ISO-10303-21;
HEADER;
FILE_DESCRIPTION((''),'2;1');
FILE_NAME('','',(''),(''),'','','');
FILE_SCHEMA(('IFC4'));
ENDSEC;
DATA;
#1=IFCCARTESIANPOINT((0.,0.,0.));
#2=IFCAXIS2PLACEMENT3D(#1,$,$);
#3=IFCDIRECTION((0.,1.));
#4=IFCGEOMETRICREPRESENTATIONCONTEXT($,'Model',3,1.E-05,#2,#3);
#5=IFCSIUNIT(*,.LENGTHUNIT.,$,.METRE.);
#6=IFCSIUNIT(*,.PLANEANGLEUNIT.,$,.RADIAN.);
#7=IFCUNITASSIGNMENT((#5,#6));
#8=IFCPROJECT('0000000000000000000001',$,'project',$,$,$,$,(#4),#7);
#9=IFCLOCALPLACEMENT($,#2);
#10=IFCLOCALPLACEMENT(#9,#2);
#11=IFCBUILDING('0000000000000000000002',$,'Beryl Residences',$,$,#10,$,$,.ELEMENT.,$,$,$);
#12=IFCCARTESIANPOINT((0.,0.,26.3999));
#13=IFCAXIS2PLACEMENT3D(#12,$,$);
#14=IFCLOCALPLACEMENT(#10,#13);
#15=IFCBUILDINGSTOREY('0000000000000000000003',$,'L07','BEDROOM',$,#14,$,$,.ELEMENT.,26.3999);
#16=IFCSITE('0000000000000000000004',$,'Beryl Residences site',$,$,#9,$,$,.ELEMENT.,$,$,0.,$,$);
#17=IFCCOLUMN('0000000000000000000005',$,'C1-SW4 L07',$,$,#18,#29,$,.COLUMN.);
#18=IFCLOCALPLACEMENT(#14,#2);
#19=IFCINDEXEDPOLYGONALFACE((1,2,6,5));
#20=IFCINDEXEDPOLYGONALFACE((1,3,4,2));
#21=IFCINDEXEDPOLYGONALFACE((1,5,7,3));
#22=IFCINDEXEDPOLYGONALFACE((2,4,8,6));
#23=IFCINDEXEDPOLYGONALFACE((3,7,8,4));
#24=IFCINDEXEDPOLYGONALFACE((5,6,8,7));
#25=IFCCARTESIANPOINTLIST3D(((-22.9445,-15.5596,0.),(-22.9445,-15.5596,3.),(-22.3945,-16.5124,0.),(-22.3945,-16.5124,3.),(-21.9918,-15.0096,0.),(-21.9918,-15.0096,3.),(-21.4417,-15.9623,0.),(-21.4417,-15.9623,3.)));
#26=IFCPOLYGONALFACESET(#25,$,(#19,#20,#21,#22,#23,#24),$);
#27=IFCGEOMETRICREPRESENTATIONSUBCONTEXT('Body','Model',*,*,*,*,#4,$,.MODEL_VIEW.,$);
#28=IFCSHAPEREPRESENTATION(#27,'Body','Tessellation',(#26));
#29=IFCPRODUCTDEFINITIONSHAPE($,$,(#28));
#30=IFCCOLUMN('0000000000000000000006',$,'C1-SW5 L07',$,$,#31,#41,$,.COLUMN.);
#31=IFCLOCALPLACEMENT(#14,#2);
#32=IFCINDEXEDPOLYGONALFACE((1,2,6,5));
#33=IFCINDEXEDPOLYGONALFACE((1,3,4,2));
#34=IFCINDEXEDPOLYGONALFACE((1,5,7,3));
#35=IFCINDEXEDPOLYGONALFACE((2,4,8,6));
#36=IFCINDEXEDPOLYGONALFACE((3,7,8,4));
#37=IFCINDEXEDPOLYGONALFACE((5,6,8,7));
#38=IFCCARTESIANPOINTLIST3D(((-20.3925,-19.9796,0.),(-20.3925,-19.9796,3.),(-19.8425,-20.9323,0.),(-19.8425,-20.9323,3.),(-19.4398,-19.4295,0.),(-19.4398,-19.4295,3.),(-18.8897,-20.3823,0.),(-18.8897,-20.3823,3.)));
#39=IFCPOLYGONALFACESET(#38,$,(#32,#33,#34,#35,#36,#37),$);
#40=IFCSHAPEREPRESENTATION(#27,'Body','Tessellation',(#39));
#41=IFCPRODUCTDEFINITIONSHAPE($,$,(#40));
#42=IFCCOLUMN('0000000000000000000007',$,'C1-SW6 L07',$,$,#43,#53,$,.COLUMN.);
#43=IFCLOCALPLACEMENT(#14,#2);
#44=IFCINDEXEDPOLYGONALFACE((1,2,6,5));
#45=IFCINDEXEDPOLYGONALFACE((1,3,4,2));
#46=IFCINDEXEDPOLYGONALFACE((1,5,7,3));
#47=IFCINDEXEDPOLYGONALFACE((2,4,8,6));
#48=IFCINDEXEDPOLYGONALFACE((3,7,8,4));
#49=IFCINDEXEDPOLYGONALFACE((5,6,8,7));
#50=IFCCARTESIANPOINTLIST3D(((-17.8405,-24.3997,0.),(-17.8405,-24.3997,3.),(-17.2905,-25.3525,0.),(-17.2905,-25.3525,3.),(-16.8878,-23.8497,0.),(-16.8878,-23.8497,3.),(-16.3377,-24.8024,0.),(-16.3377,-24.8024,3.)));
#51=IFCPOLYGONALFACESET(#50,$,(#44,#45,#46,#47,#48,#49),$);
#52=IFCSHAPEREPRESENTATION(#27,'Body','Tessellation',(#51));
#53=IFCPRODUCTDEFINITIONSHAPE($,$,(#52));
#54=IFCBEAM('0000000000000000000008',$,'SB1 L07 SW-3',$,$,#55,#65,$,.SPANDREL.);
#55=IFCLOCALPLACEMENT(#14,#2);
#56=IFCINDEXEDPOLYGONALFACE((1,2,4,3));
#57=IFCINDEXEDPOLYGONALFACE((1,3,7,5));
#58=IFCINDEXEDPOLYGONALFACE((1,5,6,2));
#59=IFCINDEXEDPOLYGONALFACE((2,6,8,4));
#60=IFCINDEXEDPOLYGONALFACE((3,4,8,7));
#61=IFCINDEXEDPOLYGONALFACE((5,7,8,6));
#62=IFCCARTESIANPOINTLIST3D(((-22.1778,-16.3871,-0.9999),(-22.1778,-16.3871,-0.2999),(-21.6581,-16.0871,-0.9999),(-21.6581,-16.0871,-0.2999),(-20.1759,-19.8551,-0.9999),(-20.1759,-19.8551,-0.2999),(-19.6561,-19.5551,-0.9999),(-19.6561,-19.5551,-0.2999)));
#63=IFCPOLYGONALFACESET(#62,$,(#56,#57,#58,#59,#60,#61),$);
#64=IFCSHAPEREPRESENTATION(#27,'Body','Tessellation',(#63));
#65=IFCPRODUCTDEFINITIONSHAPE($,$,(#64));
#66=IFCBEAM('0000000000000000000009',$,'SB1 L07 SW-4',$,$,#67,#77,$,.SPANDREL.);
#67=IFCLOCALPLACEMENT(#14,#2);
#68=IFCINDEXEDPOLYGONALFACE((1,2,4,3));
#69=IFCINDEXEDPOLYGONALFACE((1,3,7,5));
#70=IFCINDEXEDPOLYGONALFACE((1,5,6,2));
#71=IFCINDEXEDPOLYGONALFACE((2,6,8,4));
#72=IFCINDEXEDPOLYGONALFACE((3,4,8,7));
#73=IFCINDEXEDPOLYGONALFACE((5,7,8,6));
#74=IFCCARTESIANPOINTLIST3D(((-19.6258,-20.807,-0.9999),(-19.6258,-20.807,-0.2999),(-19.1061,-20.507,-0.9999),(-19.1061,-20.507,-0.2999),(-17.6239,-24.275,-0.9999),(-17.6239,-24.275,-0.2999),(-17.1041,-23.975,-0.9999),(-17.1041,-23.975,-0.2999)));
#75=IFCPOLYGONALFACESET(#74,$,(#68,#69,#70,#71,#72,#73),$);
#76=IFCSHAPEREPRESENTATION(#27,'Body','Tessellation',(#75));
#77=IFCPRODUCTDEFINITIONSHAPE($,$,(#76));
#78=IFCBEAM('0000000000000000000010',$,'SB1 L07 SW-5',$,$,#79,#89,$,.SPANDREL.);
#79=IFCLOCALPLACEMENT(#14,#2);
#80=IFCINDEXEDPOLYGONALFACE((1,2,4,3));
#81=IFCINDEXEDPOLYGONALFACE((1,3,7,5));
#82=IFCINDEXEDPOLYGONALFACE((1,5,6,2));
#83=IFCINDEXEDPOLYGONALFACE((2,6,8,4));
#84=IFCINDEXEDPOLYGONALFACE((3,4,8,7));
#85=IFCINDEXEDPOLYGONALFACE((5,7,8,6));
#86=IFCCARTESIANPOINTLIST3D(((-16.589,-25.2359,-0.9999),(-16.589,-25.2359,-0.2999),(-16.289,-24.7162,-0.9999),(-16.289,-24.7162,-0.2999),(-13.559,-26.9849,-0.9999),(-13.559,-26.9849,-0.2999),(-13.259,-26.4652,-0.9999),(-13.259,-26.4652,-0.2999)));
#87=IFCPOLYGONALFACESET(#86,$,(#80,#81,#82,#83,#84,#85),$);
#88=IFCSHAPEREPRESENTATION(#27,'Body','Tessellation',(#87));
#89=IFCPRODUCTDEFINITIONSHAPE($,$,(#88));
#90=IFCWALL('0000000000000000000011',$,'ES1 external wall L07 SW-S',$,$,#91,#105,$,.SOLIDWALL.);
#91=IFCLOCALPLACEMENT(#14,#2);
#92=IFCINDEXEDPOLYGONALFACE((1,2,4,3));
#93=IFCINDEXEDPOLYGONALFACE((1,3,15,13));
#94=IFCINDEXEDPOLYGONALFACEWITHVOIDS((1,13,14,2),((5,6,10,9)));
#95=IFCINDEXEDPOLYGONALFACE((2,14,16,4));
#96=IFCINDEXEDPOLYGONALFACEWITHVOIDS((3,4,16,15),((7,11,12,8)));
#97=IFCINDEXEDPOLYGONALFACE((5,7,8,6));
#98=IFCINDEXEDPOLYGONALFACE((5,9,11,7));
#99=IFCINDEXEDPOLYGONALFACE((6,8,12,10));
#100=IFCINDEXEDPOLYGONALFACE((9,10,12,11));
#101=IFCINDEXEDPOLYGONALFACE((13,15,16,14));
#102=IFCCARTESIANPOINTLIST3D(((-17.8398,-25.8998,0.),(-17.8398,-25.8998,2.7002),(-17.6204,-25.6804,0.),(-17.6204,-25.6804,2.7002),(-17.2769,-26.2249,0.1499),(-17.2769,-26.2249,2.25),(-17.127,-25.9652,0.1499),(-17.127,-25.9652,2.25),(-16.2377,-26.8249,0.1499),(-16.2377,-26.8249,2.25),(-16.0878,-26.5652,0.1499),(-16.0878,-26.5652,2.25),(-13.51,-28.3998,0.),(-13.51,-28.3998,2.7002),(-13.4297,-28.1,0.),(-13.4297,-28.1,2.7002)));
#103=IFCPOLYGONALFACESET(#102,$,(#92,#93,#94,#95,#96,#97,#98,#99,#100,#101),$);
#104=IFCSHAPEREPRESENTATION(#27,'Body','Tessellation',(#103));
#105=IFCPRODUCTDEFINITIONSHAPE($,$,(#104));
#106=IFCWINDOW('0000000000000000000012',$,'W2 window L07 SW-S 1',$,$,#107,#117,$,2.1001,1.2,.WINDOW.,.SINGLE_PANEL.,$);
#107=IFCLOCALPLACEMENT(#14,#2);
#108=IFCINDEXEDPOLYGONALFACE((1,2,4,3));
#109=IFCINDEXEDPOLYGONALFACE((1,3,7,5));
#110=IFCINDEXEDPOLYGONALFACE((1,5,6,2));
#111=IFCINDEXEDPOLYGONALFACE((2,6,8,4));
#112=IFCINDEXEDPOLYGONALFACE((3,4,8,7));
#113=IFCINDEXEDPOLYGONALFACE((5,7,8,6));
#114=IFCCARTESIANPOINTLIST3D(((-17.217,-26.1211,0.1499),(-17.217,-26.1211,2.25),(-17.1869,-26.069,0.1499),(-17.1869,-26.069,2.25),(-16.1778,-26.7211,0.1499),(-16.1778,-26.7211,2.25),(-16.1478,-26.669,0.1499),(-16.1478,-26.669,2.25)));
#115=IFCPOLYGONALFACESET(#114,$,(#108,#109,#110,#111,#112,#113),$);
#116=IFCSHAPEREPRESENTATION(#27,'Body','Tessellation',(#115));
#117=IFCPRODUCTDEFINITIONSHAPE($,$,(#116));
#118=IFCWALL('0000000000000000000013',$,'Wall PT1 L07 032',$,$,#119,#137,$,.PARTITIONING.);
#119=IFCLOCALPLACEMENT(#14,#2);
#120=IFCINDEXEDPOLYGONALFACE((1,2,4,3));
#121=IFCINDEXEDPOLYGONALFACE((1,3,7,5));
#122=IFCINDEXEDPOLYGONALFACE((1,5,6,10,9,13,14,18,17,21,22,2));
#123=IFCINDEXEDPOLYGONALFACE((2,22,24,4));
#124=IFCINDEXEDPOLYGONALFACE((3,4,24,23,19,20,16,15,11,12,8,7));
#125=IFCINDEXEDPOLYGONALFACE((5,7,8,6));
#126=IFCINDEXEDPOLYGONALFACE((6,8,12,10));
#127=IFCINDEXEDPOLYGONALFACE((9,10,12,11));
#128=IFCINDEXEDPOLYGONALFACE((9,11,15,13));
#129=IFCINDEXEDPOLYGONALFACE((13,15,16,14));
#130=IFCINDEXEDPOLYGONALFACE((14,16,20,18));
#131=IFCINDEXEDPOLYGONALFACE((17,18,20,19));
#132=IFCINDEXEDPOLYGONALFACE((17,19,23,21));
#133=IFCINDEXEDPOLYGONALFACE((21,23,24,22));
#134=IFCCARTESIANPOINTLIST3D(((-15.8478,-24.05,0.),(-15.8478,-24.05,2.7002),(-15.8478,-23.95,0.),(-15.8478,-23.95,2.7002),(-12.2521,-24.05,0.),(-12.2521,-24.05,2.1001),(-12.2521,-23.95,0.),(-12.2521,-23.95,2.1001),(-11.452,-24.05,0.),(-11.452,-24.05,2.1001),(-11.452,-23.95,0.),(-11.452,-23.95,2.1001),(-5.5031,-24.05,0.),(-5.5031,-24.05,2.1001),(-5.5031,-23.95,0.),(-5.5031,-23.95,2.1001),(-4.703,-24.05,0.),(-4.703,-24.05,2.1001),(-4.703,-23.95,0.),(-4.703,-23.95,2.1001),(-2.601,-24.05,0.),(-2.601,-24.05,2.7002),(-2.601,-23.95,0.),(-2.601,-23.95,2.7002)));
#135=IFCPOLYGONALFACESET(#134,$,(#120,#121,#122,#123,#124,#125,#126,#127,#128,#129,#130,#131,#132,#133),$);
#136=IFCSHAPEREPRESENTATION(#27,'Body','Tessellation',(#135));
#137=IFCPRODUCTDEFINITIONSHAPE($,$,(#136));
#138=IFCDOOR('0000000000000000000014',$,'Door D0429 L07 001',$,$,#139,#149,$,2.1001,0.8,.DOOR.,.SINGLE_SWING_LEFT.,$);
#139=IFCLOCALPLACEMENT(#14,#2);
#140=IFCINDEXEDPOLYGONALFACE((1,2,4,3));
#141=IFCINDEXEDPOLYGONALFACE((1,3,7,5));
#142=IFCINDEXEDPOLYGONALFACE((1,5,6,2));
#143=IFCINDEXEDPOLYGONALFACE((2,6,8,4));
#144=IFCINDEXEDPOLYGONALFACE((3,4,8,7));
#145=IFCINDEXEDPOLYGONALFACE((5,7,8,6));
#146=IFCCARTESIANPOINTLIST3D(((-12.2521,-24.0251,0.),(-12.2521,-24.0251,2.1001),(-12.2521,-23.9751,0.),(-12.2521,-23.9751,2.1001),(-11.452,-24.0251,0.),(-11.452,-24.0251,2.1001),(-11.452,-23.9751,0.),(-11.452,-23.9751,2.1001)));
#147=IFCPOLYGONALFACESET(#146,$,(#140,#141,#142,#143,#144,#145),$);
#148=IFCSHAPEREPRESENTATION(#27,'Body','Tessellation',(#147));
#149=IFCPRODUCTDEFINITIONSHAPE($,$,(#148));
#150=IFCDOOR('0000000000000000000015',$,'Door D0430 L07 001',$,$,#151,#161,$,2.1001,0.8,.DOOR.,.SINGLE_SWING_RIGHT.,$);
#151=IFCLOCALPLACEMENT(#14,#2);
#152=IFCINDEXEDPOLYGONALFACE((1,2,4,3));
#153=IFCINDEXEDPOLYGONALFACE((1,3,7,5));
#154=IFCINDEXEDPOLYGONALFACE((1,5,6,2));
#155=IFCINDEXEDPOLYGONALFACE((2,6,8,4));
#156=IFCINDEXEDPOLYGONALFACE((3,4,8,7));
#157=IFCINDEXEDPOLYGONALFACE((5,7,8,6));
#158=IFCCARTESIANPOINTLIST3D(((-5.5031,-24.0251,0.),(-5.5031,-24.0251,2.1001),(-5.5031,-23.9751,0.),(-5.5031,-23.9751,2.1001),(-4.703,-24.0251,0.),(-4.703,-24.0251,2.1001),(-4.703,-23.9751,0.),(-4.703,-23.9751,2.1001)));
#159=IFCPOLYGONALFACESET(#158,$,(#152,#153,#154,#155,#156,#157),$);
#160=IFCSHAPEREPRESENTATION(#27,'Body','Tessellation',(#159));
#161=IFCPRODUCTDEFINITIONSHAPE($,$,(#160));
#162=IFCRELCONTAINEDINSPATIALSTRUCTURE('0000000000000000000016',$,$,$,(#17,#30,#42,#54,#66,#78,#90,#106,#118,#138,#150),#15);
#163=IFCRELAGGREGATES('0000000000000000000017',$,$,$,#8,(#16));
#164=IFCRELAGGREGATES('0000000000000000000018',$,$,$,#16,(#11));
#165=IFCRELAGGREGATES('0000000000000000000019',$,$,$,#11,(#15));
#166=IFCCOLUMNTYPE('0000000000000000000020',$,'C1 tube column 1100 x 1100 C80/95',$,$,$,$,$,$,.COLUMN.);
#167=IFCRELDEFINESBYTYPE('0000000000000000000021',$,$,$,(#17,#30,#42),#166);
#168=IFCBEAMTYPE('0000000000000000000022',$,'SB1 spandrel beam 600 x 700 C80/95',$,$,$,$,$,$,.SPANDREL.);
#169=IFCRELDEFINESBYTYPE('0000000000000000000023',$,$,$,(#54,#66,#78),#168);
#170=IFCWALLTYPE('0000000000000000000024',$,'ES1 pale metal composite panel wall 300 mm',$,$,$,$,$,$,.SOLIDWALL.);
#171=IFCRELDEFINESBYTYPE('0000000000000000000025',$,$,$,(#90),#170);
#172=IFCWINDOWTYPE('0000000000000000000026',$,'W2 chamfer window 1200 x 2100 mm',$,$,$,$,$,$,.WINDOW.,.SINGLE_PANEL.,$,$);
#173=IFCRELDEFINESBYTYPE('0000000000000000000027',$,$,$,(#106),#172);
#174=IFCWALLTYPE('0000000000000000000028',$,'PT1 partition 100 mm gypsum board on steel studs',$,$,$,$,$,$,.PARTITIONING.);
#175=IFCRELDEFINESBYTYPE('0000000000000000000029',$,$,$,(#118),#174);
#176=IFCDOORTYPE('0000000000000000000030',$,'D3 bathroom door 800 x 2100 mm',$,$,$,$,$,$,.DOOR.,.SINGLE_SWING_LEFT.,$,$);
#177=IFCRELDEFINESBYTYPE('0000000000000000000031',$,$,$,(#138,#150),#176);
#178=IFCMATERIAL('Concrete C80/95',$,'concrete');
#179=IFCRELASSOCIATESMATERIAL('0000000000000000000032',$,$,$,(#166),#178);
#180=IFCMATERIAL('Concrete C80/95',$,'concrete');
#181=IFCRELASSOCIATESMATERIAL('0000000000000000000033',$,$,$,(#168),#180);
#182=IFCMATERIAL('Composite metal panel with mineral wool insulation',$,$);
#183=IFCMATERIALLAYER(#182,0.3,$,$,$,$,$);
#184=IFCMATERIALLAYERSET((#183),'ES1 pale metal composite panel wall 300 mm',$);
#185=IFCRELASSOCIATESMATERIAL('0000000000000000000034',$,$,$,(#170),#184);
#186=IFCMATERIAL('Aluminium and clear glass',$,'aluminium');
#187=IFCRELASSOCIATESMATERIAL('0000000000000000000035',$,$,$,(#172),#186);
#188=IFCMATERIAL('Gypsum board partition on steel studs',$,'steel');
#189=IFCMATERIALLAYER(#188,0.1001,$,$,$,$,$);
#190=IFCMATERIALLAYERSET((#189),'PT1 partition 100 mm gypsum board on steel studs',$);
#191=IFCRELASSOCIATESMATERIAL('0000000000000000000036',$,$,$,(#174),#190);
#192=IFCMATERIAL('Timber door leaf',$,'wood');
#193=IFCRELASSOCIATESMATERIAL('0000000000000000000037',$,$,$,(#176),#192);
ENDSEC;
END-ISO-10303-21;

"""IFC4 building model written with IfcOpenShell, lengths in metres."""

from ifc_helpers import new_model, si_unit, direction, frame, frame_2d, origin, origin_2d, place, context, subcontext, project, spatial, polyline, rectangle, outline, extrude, material, layer, layer_set, material_profile, profile_set, type_object, element, fill, save


model = new_model("IFC4")

# Units and contexts
model_context = context("Model", 3, precision=1e-05, world=origin(), true_north=direction((0.0, 1.0)))
body_context = subcontext(model_context, "Body", "Model", "MODEL_VIEW")
ifc_project = project(units=[si_unit("LENGTHUNIT", "METRE"), si_unit("PLANEANGLEUNIT", "RADIAN")], contexts=[model_context])

# Site, building, storey
site_placement = place(None, origin())
site = spatial("IfcSite", under=ifc_project, at=site_placement, Name="Beryl Residences site", CompositionType="ELEMENT", RefElevation=0.0)
building_placement = place(site_placement, origin())
building = spatial("IfcBuilding", under=site, at=building_placement, Name="Beryl Residences", CompositionType="ELEMENT")
storey_placement = place(building_placement, frame((0.0, 0.0, 26.3999)))
storey = spatial("IfcBuildingStorey", under=building, at=storey_placement, Name="L07", Description="BEDROOM", CompositionType="ELEMENT", Elevation=26.3999)

# Columns
ifc_material_1 = material(Name="Concrete C80/95", Category="concrete")
ifc_material_profile_1 = material_profile(ifc_material_1, rectangle(XDim=1.1001, YDim=1.1001, at=origin_2d()))
ifc_profile_set_1 = profile_set([ifc_material_profile_1], Name="Concrete C80/95")
column_type = type_object("IfcColumnType", Name="C1 tube column 1100 x 1100 C80/95", PredefinedType="COLUMN", material=ifc_profile_set_1)
for number, where, z_axis, x_axis, name in (
    (1, (-22.1931, -15.761, 0.0), (0.0, 0.0, 1.0), (0.499985, -0.866034, 0.0), "C1-SW4 L07"),
    (2, (-19.6411, -20.1809, 0.0), (0.0, 0.0, 1.0), (0.499985, -0.866034, 0.0), "C1-SW5 L07"),
    (3, (-17.0891, -24.6011, 0.0), (0.0, 0.0, 1.0), (0.499985, -0.866034, 0.0), "C1-SW6 L07"),
):
    element("IfcColumn", number, at=place(storey_placement, frame(where, z_axis=z_axis, x_axis=x_axis)), inside=storey, type_object=column_type, Name=name, PredefinedType="COLUMN", context=body_context, shape_type="SweptSolid", body=[
        extrude(rectangle(XDim=1.1001, YDim=1.1001, at=origin_2d()), origin(), (0.0, 0.0, 1.0), 3.0),
    ])

# Beams
ifc_material_2 = material(Name="Concrete C80/95", Category="concrete")
ifc_material_profile_2 = material_profile(ifc_material_2, rectangle(XDim=0.6001, YDim=0.7, at=origin_2d()))
ifc_profile_set_2 = profile_set([ifc_material_profile_2], Name="Concrete C80/95")
beam_type = type_object("IfcBeamType", Name="SB1 spandrel beam 600 x 700 C80/95", PredefinedType="SPANDREL", material=ifc_profile_set_2)
for number, where, z_axis, x_axis, name in (
    (4, (-21.918, -16.2371, -0.6499), (0.499942, -0.866059, 0.0), (0.866059, 0.499942, 0.0), "SB1 L07 SW-3"),
    (5, (-19.366, -20.657, -0.6499), (0.499942, -0.866059, 0.0), (0.866059, 0.499942, 0.0), "SB1 L07 SW-4"),
):
    element("IfcBeam", number, at=place(storey_placement, frame(where, z_axis=z_axis, x_axis=x_axis)), inside=storey, type_object=beam_type, Name=name, PredefinedType="SPANDREL", context=body_context, shape_type="SweptSolid", body=[
        extrude(rectangle(XDim=0.6001, YDim=0.7, at=origin_2d()), origin(), (0.0, 0.0, 1.0), 4.0044),
    ])
beam_placement = place(storey_placement, frame((-16.439, -24.9761, -0.6499), z_axis=(0.866071, -0.499922, 0.0), x_axis=(0.499922, 0.866071, 0.0)))
element("IfcBeam", 6, at=beam_placement, inside=storey, type_object=beam_type, Name="SB1 L07 SW-5", PredefinedType="SPANDREL", context=body_context, shape_type="SweptSolid", body=[
    extrude(rectangle(XDim=0.6001, YDim=0.7, at=origin_2d()), origin(), (0.0, 0.0, 1.0), 3.4985),
])

# Wall, opening, window
ifc_material_3 = material(Name="Composite metal panel with mineral wool insulation")
ifc_layer_1 = layer(ifc_material_3, 0.3)
ifc_layer_set_1 = layer_set([ifc_layer_1], Name="ES1 pale metal composite panel wall 300 mm")
wall_type_1 = type_object("IfcWallType", Name="ES1 pale metal composite panel wall 300 mm", PredefinedType="SOLIDWALL", material=ifc_layer_set_1)
wall_1_placement = place(storey_placement, frame((-17.7649, -25.77, 0.0), z_axis=(0.0, 0.0, 1.0), x_axis=(0.866011, -0.500025, 0.0)))
wall_1 = element("IfcWall", 7, at=wall_1_placement, inside=storey, type_object=wall_type_1, Name="ES1 external wall L07 SW-S", PredefinedType="SOLIDWALL", context=body_context, shape_type="SweptSolid", body=[
    extrude(outline(polyline([(0.0, -0.1499), (4.9998, -0.1499), (4.9194, 0.1499), (0.0803, 0.1499), (0.0, -0.1499)])), origin(), (0.0, 0.0, 1.0), 2.7002),
])
opening_1_placement = place(wall_1_placement, frame((0.6499, 0.0, 0.1499)))
opening_1 = element("IfcOpeningElement", 8, at=opening_1_placement, cuts=wall_1, PredefinedType="OPENING", context=body_context, shape_type="SweptSolid", body=[
    extrude(rectangle(XDim=1.2, YDim=2.1001, at=frame_2d((0.6001, 1.05))), frame((0.0, 0.1599, 0.0), z_axis=(0.0, -1.0, 0.0), x_axis=(1.0, 0.0, 0.0)), (0.0, 0.0, 1.0), 0.3201),
])
ifc_material_4 = material(Name="Aluminium and clear glass", Category="aluminium")
window_type = type_object("IfcWindowType", Name="W2 chamfer window 1200 x 2100 mm", PartitioningType="SINGLE_PANEL", PredefinedType="WINDOW", material=ifc_material_4)
window_placement = place(opening_1_placement, origin())
window = element("IfcWindow", 9, at=window_placement, inside=storey, type_object=window_type, Name="W2 window L07 SW-S 1", OverallHeight=2.1001, OverallWidth=1.2, PartitioningType="SINGLE_PANEL", PredefinedType="WINDOW", context=body_context, shape_type="SweptSolid", body=[
    extrude(rectangle(XDim=1.2, YDim=2.1001, at=frame_2d((0.6001, 1.05))), frame((0.0, 0.03, 0.0), z_axis=(0.0, -1.0, 0.0), x_axis=(1.0, 0.0, 0.0)), (0.0, 0.0, 1.0), 0.0601),
])
fill(opening_1, window)

# Wall, openings, doors
ifc_material_5 = material(Name="Gypsum board partition on steel studs", Category="steel")
ifc_layer_2 = layer(ifc_material_5, 0.1001)
ifc_layer_set_2 = layer_set([ifc_layer_2], Name="PT1 partition 100 mm gypsum board on steel studs")
wall_type_2 = type_object("IfcWallType", Name="PT1 partition 100 mm gypsum board on steel studs", PredefinedType="PARTITIONING", material=ifc_layer_set_2)
wall_2_placement = place(storey_placement, frame((-15.8479, -24.0, 0.0), z_axis=(0.0, 0.0, 1.0), x_axis=(1.0, 0.0, 0.0)))
wall_2 = element("IfcWall", 10, at=wall_2_placement, inside=storey, type_object=wall_type_2, Name="Wall PT1 L07 032", PredefinedType="PARTITIONING", context=body_context, shape_type="SweptSolid", body=[
    extrude(rectangle(XDim=13.2468, YDim=0.1001, at=frame_2d((6.6235, 0.0))), origin(), (0.0, 0.0, 1.0), 2.7002),
])
opening_2_placement = place(wall_2_placement, frame((3.5959, 0.0, 0.0)))
opening_2 = element("IfcOpeningElement", 11, at=opening_2_placement, cuts=wall_2, PredefinedType="OPENING", context=body_context, shape_type="SweptSolid", body=[
    extrude(rectangle(XDim=0.8, YDim=2.1001, at=frame_2d((0.3999, 1.05))), frame((0.0, 0.0601, 0.0), z_axis=(0.0, -1.0, 0.0), x_axis=(1.0, 0.0, 0.0)), (0.0, 0.0, 1.0), 0.1201),
])
opening_3_placement = place(wall_2_placement, frame((10.345, 0.0, 0.0)))
opening_3 = element("IfcOpeningElement", 12, at=opening_3_placement, cuts=wall_2, PredefinedType="OPENING", context=body_context, shape_type="SweptSolid", body=[
    extrude(rectangle(XDim=0.8, YDim=2.1001, at=frame_2d((0.3999, 1.05))), frame((0.0, 0.0601, 0.0), z_axis=(0.0, -1.0, 0.0), x_axis=(1.0, 0.0, 0.0)), (0.0, 0.0, 1.0), 0.1201),
])
ifc_material_6 = material(Name="Timber door leaf", Category="wood")
door_type_1 = type_object("IfcDoorType", Name="D3 bathroom door 800 x 2100 mm", OperationType="SINGLE_SWING_LEFT", PredefinedType="DOOR", material=ifc_material_6)
door_1_placement = place(opening_2_placement, origin())
door_1 = element("IfcDoor", 13, at=door_1_placement, inside=storey, type_object=door_type_1, Name="Door D0429 L07 001", OperationType="SINGLE_SWING_LEFT", OverallHeight=2.1001, OverallWidth=0.8, PredefinedType="DOOR", context=body_context, shape_type="SweptSolid", body=[
    extrude(rectangle(XDim=0.8, YDim=2.1001, at=frame_2d((0.3999, 1.05))), frame((0.0, 0.0249, 0.0), z_axis=(0.0, -1.0, 0.0), x_axis=(1.0, 0.0, 0.0)), (0.0, 0.0, 1.0), 0.05),
])
fill(opening_2, door_1)
door_2_placement = place(opening_3_placement, origin())
door_2 = element("IfcDoor", 14, at=door_2_placement, inside=storey, type_object=door_type_1, Name="Door D0430 L07 001", OperationType="SINGLE_SWING_RIGHT", OverallHeight=2.1001, OverallWidth=0.8, PredefinedType="DOOR", context=body_context, shape_type="SweptSolid", body=[
    extrude(rectangle(XDim=0.8, YDim=2.1001, at=frame_2d((0.3999, 1.05))), frame((0.0, 0.0249, 0.0), z_axis=(0.0, -1.0, 0.0), x_axis=(1.0, 0.0, 0.0)), (0.0, 0.0, 1.0), 0.05),
])
fill(opening_3, door_2)

save(model, "model.ifc")
